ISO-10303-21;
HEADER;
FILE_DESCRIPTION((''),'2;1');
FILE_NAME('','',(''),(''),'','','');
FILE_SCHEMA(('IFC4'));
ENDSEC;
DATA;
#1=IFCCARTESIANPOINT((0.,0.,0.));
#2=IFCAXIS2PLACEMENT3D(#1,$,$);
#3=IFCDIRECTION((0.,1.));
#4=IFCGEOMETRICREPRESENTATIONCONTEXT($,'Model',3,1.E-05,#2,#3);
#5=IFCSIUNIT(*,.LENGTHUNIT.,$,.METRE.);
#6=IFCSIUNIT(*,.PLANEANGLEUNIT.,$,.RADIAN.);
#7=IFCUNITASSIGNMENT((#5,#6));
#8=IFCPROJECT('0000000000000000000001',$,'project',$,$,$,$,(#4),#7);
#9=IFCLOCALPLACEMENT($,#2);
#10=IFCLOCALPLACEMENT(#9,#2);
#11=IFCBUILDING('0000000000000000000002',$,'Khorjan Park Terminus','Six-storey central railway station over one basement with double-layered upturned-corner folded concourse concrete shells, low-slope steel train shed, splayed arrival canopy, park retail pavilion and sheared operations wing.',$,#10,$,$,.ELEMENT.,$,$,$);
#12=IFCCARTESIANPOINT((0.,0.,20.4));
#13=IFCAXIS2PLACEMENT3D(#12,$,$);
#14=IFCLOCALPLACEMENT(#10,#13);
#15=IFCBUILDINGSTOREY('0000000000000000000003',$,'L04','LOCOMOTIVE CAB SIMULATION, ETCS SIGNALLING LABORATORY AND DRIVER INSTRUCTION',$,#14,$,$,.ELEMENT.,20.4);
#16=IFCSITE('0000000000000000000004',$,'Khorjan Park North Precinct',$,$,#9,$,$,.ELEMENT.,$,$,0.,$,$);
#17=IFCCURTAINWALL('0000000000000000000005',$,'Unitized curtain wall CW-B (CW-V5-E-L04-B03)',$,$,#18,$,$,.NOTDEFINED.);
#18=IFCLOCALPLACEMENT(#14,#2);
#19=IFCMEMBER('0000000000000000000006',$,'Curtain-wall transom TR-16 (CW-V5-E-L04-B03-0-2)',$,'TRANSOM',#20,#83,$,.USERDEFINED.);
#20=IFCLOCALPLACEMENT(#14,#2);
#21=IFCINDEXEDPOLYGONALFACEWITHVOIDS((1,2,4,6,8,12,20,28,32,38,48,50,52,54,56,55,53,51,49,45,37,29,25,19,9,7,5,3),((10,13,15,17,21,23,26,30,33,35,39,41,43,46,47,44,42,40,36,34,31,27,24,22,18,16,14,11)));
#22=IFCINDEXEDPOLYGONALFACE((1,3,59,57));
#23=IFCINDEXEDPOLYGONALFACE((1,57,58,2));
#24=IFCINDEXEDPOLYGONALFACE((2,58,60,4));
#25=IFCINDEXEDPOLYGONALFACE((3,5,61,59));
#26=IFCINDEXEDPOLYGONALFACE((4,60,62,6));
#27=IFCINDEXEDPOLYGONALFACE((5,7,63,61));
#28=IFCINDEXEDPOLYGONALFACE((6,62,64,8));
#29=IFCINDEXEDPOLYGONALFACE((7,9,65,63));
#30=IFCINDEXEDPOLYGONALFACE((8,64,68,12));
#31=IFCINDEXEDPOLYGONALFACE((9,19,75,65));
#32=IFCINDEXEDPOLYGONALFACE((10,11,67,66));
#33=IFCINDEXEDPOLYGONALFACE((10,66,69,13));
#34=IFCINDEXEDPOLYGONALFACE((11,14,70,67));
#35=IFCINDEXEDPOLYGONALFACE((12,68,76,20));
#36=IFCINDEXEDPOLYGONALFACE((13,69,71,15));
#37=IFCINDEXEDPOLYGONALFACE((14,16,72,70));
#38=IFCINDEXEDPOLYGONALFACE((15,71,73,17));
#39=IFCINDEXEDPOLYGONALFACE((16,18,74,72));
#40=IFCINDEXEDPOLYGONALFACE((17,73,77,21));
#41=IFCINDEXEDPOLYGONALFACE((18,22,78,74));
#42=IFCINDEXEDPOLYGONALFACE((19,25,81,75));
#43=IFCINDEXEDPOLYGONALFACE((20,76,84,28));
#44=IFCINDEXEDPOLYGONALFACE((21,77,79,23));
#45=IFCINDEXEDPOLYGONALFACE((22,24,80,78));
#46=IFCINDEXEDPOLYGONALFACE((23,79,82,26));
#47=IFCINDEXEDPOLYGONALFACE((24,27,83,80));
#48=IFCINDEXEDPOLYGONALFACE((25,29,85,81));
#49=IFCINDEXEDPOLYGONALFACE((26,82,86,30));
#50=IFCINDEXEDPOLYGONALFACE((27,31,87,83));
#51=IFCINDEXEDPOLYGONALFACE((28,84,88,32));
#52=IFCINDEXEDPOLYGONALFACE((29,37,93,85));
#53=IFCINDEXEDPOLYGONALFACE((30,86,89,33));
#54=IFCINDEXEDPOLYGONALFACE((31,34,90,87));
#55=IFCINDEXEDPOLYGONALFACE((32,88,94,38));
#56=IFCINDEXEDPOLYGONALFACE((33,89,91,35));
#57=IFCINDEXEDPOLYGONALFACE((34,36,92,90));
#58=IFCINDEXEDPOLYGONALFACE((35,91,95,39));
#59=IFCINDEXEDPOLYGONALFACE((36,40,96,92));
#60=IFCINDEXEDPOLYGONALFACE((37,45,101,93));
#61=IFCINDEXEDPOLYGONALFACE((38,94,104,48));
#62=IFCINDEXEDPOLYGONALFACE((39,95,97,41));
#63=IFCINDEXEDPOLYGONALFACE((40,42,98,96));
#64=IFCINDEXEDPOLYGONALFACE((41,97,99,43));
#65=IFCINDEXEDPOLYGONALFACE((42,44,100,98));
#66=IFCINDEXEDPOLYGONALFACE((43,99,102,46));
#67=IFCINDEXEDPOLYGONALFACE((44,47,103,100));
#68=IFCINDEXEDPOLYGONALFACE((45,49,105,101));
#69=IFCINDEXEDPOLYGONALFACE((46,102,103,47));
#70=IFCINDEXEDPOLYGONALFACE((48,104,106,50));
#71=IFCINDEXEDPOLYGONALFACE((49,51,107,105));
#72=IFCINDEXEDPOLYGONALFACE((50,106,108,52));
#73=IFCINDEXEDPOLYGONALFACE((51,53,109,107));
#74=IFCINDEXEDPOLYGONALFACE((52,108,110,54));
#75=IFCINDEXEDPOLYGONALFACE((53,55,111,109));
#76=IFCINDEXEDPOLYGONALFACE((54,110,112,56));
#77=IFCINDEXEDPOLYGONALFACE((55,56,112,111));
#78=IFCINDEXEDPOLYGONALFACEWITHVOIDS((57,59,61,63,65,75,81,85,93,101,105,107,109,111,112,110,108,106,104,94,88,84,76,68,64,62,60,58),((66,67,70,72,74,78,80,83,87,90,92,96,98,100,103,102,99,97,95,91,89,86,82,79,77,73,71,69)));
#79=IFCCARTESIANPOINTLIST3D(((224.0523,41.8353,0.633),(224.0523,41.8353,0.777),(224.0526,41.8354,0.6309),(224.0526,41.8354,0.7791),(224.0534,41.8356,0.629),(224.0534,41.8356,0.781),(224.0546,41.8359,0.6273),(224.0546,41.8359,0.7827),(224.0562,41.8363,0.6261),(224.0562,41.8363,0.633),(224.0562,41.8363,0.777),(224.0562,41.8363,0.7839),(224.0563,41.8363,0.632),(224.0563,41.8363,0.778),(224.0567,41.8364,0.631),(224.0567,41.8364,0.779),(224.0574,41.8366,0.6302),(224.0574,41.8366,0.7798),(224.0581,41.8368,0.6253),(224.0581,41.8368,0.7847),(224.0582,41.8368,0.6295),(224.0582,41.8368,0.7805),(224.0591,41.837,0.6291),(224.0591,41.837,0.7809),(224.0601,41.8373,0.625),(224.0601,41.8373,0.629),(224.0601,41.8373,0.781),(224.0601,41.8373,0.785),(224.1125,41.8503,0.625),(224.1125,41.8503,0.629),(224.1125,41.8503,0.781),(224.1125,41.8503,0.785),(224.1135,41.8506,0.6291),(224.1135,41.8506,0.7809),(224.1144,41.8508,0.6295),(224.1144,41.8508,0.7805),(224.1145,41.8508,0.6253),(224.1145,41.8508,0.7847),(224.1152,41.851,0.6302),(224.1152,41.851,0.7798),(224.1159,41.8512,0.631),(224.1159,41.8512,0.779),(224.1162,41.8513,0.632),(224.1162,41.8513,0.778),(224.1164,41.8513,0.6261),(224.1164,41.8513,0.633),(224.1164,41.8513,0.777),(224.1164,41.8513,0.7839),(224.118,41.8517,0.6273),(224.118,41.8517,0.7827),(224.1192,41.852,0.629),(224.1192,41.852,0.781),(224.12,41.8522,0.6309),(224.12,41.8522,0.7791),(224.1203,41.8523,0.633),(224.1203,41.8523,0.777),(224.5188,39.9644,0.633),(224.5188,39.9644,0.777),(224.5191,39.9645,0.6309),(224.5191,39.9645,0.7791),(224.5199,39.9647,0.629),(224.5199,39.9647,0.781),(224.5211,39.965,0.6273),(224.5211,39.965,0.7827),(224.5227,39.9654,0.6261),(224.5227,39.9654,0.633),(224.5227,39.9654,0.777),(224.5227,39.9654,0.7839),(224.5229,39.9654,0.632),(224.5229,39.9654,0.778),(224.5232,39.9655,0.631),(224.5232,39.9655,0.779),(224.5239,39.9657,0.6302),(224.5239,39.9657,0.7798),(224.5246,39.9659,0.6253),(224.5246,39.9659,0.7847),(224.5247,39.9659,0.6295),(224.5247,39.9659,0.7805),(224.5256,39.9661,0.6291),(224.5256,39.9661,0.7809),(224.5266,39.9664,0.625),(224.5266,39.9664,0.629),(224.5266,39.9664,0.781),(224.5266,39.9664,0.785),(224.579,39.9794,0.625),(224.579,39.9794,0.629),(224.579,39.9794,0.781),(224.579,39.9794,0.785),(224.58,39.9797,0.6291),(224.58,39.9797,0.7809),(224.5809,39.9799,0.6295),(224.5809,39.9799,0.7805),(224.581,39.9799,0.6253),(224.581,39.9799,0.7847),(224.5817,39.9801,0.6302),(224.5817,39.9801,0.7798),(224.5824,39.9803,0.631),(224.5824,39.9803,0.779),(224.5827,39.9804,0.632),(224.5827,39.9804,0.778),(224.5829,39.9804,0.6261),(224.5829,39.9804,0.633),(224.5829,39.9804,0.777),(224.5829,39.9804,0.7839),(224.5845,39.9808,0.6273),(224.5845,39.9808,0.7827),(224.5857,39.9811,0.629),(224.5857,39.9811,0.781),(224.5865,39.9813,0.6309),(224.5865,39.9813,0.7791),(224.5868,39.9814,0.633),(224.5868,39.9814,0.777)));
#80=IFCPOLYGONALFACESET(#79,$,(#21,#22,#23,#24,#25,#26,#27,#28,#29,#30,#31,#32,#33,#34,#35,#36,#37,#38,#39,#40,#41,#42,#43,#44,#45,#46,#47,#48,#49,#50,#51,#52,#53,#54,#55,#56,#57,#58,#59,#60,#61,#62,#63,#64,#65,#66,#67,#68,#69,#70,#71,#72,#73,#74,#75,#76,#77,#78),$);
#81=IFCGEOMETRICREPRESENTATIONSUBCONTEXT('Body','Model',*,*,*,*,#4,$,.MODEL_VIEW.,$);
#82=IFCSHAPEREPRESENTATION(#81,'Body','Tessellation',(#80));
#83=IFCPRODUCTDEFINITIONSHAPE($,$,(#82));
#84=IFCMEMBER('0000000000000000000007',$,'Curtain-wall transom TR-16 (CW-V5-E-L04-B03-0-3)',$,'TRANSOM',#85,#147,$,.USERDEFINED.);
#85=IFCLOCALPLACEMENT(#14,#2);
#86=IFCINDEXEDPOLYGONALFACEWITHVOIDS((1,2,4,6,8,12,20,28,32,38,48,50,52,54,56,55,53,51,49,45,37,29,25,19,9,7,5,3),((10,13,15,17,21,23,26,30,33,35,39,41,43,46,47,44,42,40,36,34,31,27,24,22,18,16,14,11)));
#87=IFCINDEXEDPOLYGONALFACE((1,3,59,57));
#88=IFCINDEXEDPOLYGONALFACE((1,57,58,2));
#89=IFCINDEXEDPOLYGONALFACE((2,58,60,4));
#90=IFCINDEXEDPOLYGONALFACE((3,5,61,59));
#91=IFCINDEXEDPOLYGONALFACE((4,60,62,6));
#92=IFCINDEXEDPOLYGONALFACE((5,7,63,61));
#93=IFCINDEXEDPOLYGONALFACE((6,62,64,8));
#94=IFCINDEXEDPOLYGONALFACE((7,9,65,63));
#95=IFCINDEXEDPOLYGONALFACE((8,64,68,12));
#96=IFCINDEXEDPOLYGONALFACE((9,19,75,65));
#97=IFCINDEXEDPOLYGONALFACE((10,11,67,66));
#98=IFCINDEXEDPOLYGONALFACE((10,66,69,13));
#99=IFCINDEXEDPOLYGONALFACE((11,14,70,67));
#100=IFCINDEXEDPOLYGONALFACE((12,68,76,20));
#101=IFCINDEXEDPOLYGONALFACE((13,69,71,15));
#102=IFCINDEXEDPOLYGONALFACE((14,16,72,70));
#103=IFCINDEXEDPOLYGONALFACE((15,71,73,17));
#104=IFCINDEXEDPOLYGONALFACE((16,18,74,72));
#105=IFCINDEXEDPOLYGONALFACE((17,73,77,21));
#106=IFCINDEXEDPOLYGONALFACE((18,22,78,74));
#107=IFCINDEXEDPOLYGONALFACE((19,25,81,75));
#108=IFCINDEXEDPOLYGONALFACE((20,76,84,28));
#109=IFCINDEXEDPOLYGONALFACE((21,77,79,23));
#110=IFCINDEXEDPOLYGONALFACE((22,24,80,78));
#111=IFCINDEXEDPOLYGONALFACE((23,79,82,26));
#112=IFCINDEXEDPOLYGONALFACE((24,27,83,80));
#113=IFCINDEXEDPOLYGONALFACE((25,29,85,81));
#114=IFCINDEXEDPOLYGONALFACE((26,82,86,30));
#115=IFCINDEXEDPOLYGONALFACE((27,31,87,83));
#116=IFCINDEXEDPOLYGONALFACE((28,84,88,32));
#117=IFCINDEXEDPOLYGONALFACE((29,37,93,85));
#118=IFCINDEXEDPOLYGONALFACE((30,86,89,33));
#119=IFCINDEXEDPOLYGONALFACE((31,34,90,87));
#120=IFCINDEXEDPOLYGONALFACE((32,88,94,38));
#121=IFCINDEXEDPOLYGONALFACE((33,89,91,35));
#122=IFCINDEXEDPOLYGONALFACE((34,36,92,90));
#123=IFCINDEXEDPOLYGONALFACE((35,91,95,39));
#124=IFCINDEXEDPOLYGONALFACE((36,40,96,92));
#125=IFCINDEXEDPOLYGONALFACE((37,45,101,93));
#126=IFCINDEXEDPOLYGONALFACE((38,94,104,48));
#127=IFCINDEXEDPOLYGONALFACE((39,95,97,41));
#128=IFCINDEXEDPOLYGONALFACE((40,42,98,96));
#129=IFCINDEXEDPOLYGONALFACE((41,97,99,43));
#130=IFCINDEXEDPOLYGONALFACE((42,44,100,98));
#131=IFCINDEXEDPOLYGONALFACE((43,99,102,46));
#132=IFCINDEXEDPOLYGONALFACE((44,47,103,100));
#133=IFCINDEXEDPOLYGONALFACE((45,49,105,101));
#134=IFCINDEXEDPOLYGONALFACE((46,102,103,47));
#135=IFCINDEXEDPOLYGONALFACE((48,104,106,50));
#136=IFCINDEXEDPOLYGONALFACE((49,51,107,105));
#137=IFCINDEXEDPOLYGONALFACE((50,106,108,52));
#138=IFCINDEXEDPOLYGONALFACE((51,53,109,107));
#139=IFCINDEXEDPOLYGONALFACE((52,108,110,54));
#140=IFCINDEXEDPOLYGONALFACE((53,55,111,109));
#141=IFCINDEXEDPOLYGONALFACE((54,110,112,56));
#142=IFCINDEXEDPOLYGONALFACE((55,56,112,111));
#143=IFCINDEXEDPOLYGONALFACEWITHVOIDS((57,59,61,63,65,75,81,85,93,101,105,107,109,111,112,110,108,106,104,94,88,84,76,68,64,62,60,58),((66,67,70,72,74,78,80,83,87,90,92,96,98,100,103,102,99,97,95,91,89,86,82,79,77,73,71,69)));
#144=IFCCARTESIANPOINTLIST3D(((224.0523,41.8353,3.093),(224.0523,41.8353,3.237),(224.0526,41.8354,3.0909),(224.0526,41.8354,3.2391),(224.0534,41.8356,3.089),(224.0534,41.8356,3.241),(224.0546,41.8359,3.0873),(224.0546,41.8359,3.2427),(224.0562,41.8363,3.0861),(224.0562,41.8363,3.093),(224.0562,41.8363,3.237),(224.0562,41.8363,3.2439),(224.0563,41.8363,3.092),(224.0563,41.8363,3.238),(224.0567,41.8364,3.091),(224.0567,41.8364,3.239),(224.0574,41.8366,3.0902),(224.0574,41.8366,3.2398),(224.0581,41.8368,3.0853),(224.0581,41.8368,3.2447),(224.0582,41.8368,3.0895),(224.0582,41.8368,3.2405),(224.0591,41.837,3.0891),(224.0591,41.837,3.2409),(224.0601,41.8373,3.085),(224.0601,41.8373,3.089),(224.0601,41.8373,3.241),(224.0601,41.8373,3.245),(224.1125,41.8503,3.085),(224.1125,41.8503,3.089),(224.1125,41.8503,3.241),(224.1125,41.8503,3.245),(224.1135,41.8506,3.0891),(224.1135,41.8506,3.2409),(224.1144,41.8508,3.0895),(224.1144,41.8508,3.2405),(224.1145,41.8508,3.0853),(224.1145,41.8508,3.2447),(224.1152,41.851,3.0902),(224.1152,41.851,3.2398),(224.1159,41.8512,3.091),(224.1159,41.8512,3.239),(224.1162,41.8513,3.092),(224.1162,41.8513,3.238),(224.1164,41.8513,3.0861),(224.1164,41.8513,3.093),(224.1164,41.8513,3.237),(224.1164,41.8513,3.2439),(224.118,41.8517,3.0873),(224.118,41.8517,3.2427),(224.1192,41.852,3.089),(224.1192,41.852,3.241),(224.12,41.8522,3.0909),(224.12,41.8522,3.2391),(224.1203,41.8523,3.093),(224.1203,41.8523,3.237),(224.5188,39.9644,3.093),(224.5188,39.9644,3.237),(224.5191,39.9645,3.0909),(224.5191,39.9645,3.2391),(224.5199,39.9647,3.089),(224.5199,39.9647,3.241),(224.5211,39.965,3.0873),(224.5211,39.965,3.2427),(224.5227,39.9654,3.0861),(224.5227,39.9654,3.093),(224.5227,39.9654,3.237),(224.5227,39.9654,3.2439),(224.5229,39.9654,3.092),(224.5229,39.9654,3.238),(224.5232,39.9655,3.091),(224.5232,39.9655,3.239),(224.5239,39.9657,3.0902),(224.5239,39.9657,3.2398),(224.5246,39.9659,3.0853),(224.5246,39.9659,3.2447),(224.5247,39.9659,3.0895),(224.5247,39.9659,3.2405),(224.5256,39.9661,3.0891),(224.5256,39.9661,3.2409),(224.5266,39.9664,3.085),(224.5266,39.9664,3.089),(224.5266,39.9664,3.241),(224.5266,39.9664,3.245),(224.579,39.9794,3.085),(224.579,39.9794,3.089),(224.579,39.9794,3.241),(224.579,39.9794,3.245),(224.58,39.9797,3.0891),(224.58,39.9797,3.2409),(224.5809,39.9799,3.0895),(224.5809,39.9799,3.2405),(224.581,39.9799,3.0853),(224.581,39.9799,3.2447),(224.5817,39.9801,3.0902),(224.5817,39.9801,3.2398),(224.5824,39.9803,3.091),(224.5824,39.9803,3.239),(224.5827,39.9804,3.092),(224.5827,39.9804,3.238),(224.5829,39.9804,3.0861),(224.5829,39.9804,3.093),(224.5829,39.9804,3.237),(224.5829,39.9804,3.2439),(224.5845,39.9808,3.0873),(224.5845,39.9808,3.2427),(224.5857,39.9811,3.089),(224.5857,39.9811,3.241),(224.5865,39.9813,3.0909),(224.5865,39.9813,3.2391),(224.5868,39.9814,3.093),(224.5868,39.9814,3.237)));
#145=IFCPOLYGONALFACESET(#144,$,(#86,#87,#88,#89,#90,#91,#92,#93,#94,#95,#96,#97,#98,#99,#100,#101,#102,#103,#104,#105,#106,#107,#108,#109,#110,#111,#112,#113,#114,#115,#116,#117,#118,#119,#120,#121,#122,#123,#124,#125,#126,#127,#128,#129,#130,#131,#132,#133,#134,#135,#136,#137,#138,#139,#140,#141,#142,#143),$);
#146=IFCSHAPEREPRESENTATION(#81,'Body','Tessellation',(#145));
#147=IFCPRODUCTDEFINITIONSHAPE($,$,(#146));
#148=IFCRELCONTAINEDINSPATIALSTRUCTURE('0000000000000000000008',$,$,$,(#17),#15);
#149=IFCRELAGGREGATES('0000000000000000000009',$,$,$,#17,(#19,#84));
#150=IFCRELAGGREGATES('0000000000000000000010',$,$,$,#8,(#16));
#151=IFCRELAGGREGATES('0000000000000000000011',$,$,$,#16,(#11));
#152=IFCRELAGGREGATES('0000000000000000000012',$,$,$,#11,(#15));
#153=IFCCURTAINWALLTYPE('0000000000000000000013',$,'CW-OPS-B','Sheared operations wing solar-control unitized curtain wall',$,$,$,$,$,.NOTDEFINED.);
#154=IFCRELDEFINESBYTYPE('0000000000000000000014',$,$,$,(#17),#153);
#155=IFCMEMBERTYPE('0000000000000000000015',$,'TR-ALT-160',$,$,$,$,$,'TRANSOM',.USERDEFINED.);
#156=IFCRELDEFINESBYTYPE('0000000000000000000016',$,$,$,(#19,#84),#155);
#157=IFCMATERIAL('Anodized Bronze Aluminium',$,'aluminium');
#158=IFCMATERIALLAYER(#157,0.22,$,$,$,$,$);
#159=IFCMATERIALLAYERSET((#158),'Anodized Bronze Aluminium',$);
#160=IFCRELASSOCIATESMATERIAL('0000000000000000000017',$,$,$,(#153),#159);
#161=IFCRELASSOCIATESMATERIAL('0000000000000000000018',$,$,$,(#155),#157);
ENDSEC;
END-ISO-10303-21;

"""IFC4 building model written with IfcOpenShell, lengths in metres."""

from ifc_helpers import new_model, si_unit, direction, frame, origin, origin_2d, place, context, subcontext, project, spatial, hollow_rectangle, extrude, material, layer, layer_set, material_profile, profile_set, type_object, element, aggregate, save


model = new_model("IFC4")

# Units and contexts
model_context = context("Model", 3, precision=1e-05, world=origin(), true_north=direction((0.0, 1.0)))
body_context = subcontext(model_context, "Body", "Model", "MODEL_VIEW")
ifc_project = project(units=[si_unit("LENGTHUNIT", "METRE"), si_unit("PLANEANGLEUNIT", "RADIAN")], contexts=[model_context])

# Site, building, storey
site_placement = place(None, origin())
site = spatial("IfcSite", under=ifc_project, at=site_placement, Name="Khorjan Park North Precinct", CompositionType="ELEMENT", RefElevation=0.0)
building_placement = place(site_placement, origin())
building = spatial("IfcBuilding", under=site, at=building_placement, Name="Khorjan Park Terminus", Description="Six-storey central railway station over one basement with double-layered upturned-corner folded concourse concrete shells, low-slope steel train shed, splayed arrival canopy, park retail pavilion and sheared operations wing.", CompositionType="ELEMENT")
storey_placement = place(building_placement, frame((0.0, 0.0, 20.4)))
storey = spatial("IfcBuildingStorey", under=building, at=storey_placement, Name="L04", Description="LOCOMOTIVE CAB SIMULATION, ETCS SIGNALLING LABORATORY AND DRIVER INSTRUCTION", CompositionType="ELEMENT", Elevation=20.4)

# Curtain wall, members
ifc_material_1 = material(Name="Anodized Bronze Aluminium", Category="aluminium")
ifc_layer_1 = layer(ifc_material_1, 0.22)
ifc_layer_set_1 = layer_set([ifc_layer_1], Name="Anodized Bronze Aluminium")
curtain_wall_type = type_object("IfcCurtainWallType", Name="CW-OPS-B", Description="Sheared operations wing solar-control unitized curtain wall", PredefinedType="NOTDEFINED", material=ifc_layer_set_1)
curtain_wall_placement = place(storey_placement, origin())
curtain_wall = element("IfcCurtainWall", 1, at=curtain_wall_placement, inside=storey, type_object=curtain_wall_type, Name="Unitized curtain wall CW-B (CW-V5-E-L04-B03)", PredefinedType="NOTDEFINED")
ifc_material_profile_1 = material_profile(ifc_material_1, hollow_rectangle(XDim=0.07, YDim=0.16, WallThickness=0.004, InnerFilletRadius=0.004, OuterFilletRadius=0.008, at=origin_2d()), Name="ALT 70x160x4")
ifc_profile_set_1 = profile_set([ifc_material_profile_1], Name="Anodized Bronze Aluminium")
member_type_1 = type_object("IfcMemberType", Name="TR-ALT-160", ElementType="TRANSOM", PredefinedType="USERDEFINED", material=ifc_profile_set_1)
member_1_placement = place(storey_placement, frame((224.5528, 39.9729, 0.705), z_axis=(-0.241938, 0.970292, 0.0), x_axis=(-0.970292, -0.241938, 0.0)))
member_1 = element("IfcMember", 2, at=member_1_placement, type_object=member_type_1, Name="Curtain-wall transom TR-16 (CW-V5-E-L04-B03-0-2)", ObjectType="TRANSOM", PredefinedType="USERDEFINED", context=body_context, shape_type="SweptSolid", body=[
    extrude(hollow_rectangle(XDim=0.07, YDim=0.16, WallThickness=0.004, InnerFilletRadius=0.004, OuterFilletRadius=0.008, at=origin_2d()), origin(), (0.0, 0.0, 1.0), 1.9282),
])
member_2_placement = place(storey_placement, frame((224.5528, 39.9729, 3.165), z_axis=(-0.241938, 0.970292, 0.0), x_axis=(-0.970292, -0.241938, 0.0)))
member_2 = element("IfcMember", 3, at=member_2_placement, type_object=member_type_1, Name="Curtain-wall transom TR-16 (CW-V5-E-L04-B03-0-3)", ObjectType="TRANSOM", PredefinedType="USERDEFINED", context=body_context, shape_type="SweptSolid", body=[
    extrude(hollow_rectangle(XDim=0.07, YDim=0.16, WallThickness=0.004, InnerFilletRadius=0.004, OuterFilletRadius=0.008, at=origin_2d()), origin(), (0.0, 0.0, 1.0), 1.9282),
])
aggregate(curtain_wall, [member_1, member_2])

save(model, "model.ifc")
